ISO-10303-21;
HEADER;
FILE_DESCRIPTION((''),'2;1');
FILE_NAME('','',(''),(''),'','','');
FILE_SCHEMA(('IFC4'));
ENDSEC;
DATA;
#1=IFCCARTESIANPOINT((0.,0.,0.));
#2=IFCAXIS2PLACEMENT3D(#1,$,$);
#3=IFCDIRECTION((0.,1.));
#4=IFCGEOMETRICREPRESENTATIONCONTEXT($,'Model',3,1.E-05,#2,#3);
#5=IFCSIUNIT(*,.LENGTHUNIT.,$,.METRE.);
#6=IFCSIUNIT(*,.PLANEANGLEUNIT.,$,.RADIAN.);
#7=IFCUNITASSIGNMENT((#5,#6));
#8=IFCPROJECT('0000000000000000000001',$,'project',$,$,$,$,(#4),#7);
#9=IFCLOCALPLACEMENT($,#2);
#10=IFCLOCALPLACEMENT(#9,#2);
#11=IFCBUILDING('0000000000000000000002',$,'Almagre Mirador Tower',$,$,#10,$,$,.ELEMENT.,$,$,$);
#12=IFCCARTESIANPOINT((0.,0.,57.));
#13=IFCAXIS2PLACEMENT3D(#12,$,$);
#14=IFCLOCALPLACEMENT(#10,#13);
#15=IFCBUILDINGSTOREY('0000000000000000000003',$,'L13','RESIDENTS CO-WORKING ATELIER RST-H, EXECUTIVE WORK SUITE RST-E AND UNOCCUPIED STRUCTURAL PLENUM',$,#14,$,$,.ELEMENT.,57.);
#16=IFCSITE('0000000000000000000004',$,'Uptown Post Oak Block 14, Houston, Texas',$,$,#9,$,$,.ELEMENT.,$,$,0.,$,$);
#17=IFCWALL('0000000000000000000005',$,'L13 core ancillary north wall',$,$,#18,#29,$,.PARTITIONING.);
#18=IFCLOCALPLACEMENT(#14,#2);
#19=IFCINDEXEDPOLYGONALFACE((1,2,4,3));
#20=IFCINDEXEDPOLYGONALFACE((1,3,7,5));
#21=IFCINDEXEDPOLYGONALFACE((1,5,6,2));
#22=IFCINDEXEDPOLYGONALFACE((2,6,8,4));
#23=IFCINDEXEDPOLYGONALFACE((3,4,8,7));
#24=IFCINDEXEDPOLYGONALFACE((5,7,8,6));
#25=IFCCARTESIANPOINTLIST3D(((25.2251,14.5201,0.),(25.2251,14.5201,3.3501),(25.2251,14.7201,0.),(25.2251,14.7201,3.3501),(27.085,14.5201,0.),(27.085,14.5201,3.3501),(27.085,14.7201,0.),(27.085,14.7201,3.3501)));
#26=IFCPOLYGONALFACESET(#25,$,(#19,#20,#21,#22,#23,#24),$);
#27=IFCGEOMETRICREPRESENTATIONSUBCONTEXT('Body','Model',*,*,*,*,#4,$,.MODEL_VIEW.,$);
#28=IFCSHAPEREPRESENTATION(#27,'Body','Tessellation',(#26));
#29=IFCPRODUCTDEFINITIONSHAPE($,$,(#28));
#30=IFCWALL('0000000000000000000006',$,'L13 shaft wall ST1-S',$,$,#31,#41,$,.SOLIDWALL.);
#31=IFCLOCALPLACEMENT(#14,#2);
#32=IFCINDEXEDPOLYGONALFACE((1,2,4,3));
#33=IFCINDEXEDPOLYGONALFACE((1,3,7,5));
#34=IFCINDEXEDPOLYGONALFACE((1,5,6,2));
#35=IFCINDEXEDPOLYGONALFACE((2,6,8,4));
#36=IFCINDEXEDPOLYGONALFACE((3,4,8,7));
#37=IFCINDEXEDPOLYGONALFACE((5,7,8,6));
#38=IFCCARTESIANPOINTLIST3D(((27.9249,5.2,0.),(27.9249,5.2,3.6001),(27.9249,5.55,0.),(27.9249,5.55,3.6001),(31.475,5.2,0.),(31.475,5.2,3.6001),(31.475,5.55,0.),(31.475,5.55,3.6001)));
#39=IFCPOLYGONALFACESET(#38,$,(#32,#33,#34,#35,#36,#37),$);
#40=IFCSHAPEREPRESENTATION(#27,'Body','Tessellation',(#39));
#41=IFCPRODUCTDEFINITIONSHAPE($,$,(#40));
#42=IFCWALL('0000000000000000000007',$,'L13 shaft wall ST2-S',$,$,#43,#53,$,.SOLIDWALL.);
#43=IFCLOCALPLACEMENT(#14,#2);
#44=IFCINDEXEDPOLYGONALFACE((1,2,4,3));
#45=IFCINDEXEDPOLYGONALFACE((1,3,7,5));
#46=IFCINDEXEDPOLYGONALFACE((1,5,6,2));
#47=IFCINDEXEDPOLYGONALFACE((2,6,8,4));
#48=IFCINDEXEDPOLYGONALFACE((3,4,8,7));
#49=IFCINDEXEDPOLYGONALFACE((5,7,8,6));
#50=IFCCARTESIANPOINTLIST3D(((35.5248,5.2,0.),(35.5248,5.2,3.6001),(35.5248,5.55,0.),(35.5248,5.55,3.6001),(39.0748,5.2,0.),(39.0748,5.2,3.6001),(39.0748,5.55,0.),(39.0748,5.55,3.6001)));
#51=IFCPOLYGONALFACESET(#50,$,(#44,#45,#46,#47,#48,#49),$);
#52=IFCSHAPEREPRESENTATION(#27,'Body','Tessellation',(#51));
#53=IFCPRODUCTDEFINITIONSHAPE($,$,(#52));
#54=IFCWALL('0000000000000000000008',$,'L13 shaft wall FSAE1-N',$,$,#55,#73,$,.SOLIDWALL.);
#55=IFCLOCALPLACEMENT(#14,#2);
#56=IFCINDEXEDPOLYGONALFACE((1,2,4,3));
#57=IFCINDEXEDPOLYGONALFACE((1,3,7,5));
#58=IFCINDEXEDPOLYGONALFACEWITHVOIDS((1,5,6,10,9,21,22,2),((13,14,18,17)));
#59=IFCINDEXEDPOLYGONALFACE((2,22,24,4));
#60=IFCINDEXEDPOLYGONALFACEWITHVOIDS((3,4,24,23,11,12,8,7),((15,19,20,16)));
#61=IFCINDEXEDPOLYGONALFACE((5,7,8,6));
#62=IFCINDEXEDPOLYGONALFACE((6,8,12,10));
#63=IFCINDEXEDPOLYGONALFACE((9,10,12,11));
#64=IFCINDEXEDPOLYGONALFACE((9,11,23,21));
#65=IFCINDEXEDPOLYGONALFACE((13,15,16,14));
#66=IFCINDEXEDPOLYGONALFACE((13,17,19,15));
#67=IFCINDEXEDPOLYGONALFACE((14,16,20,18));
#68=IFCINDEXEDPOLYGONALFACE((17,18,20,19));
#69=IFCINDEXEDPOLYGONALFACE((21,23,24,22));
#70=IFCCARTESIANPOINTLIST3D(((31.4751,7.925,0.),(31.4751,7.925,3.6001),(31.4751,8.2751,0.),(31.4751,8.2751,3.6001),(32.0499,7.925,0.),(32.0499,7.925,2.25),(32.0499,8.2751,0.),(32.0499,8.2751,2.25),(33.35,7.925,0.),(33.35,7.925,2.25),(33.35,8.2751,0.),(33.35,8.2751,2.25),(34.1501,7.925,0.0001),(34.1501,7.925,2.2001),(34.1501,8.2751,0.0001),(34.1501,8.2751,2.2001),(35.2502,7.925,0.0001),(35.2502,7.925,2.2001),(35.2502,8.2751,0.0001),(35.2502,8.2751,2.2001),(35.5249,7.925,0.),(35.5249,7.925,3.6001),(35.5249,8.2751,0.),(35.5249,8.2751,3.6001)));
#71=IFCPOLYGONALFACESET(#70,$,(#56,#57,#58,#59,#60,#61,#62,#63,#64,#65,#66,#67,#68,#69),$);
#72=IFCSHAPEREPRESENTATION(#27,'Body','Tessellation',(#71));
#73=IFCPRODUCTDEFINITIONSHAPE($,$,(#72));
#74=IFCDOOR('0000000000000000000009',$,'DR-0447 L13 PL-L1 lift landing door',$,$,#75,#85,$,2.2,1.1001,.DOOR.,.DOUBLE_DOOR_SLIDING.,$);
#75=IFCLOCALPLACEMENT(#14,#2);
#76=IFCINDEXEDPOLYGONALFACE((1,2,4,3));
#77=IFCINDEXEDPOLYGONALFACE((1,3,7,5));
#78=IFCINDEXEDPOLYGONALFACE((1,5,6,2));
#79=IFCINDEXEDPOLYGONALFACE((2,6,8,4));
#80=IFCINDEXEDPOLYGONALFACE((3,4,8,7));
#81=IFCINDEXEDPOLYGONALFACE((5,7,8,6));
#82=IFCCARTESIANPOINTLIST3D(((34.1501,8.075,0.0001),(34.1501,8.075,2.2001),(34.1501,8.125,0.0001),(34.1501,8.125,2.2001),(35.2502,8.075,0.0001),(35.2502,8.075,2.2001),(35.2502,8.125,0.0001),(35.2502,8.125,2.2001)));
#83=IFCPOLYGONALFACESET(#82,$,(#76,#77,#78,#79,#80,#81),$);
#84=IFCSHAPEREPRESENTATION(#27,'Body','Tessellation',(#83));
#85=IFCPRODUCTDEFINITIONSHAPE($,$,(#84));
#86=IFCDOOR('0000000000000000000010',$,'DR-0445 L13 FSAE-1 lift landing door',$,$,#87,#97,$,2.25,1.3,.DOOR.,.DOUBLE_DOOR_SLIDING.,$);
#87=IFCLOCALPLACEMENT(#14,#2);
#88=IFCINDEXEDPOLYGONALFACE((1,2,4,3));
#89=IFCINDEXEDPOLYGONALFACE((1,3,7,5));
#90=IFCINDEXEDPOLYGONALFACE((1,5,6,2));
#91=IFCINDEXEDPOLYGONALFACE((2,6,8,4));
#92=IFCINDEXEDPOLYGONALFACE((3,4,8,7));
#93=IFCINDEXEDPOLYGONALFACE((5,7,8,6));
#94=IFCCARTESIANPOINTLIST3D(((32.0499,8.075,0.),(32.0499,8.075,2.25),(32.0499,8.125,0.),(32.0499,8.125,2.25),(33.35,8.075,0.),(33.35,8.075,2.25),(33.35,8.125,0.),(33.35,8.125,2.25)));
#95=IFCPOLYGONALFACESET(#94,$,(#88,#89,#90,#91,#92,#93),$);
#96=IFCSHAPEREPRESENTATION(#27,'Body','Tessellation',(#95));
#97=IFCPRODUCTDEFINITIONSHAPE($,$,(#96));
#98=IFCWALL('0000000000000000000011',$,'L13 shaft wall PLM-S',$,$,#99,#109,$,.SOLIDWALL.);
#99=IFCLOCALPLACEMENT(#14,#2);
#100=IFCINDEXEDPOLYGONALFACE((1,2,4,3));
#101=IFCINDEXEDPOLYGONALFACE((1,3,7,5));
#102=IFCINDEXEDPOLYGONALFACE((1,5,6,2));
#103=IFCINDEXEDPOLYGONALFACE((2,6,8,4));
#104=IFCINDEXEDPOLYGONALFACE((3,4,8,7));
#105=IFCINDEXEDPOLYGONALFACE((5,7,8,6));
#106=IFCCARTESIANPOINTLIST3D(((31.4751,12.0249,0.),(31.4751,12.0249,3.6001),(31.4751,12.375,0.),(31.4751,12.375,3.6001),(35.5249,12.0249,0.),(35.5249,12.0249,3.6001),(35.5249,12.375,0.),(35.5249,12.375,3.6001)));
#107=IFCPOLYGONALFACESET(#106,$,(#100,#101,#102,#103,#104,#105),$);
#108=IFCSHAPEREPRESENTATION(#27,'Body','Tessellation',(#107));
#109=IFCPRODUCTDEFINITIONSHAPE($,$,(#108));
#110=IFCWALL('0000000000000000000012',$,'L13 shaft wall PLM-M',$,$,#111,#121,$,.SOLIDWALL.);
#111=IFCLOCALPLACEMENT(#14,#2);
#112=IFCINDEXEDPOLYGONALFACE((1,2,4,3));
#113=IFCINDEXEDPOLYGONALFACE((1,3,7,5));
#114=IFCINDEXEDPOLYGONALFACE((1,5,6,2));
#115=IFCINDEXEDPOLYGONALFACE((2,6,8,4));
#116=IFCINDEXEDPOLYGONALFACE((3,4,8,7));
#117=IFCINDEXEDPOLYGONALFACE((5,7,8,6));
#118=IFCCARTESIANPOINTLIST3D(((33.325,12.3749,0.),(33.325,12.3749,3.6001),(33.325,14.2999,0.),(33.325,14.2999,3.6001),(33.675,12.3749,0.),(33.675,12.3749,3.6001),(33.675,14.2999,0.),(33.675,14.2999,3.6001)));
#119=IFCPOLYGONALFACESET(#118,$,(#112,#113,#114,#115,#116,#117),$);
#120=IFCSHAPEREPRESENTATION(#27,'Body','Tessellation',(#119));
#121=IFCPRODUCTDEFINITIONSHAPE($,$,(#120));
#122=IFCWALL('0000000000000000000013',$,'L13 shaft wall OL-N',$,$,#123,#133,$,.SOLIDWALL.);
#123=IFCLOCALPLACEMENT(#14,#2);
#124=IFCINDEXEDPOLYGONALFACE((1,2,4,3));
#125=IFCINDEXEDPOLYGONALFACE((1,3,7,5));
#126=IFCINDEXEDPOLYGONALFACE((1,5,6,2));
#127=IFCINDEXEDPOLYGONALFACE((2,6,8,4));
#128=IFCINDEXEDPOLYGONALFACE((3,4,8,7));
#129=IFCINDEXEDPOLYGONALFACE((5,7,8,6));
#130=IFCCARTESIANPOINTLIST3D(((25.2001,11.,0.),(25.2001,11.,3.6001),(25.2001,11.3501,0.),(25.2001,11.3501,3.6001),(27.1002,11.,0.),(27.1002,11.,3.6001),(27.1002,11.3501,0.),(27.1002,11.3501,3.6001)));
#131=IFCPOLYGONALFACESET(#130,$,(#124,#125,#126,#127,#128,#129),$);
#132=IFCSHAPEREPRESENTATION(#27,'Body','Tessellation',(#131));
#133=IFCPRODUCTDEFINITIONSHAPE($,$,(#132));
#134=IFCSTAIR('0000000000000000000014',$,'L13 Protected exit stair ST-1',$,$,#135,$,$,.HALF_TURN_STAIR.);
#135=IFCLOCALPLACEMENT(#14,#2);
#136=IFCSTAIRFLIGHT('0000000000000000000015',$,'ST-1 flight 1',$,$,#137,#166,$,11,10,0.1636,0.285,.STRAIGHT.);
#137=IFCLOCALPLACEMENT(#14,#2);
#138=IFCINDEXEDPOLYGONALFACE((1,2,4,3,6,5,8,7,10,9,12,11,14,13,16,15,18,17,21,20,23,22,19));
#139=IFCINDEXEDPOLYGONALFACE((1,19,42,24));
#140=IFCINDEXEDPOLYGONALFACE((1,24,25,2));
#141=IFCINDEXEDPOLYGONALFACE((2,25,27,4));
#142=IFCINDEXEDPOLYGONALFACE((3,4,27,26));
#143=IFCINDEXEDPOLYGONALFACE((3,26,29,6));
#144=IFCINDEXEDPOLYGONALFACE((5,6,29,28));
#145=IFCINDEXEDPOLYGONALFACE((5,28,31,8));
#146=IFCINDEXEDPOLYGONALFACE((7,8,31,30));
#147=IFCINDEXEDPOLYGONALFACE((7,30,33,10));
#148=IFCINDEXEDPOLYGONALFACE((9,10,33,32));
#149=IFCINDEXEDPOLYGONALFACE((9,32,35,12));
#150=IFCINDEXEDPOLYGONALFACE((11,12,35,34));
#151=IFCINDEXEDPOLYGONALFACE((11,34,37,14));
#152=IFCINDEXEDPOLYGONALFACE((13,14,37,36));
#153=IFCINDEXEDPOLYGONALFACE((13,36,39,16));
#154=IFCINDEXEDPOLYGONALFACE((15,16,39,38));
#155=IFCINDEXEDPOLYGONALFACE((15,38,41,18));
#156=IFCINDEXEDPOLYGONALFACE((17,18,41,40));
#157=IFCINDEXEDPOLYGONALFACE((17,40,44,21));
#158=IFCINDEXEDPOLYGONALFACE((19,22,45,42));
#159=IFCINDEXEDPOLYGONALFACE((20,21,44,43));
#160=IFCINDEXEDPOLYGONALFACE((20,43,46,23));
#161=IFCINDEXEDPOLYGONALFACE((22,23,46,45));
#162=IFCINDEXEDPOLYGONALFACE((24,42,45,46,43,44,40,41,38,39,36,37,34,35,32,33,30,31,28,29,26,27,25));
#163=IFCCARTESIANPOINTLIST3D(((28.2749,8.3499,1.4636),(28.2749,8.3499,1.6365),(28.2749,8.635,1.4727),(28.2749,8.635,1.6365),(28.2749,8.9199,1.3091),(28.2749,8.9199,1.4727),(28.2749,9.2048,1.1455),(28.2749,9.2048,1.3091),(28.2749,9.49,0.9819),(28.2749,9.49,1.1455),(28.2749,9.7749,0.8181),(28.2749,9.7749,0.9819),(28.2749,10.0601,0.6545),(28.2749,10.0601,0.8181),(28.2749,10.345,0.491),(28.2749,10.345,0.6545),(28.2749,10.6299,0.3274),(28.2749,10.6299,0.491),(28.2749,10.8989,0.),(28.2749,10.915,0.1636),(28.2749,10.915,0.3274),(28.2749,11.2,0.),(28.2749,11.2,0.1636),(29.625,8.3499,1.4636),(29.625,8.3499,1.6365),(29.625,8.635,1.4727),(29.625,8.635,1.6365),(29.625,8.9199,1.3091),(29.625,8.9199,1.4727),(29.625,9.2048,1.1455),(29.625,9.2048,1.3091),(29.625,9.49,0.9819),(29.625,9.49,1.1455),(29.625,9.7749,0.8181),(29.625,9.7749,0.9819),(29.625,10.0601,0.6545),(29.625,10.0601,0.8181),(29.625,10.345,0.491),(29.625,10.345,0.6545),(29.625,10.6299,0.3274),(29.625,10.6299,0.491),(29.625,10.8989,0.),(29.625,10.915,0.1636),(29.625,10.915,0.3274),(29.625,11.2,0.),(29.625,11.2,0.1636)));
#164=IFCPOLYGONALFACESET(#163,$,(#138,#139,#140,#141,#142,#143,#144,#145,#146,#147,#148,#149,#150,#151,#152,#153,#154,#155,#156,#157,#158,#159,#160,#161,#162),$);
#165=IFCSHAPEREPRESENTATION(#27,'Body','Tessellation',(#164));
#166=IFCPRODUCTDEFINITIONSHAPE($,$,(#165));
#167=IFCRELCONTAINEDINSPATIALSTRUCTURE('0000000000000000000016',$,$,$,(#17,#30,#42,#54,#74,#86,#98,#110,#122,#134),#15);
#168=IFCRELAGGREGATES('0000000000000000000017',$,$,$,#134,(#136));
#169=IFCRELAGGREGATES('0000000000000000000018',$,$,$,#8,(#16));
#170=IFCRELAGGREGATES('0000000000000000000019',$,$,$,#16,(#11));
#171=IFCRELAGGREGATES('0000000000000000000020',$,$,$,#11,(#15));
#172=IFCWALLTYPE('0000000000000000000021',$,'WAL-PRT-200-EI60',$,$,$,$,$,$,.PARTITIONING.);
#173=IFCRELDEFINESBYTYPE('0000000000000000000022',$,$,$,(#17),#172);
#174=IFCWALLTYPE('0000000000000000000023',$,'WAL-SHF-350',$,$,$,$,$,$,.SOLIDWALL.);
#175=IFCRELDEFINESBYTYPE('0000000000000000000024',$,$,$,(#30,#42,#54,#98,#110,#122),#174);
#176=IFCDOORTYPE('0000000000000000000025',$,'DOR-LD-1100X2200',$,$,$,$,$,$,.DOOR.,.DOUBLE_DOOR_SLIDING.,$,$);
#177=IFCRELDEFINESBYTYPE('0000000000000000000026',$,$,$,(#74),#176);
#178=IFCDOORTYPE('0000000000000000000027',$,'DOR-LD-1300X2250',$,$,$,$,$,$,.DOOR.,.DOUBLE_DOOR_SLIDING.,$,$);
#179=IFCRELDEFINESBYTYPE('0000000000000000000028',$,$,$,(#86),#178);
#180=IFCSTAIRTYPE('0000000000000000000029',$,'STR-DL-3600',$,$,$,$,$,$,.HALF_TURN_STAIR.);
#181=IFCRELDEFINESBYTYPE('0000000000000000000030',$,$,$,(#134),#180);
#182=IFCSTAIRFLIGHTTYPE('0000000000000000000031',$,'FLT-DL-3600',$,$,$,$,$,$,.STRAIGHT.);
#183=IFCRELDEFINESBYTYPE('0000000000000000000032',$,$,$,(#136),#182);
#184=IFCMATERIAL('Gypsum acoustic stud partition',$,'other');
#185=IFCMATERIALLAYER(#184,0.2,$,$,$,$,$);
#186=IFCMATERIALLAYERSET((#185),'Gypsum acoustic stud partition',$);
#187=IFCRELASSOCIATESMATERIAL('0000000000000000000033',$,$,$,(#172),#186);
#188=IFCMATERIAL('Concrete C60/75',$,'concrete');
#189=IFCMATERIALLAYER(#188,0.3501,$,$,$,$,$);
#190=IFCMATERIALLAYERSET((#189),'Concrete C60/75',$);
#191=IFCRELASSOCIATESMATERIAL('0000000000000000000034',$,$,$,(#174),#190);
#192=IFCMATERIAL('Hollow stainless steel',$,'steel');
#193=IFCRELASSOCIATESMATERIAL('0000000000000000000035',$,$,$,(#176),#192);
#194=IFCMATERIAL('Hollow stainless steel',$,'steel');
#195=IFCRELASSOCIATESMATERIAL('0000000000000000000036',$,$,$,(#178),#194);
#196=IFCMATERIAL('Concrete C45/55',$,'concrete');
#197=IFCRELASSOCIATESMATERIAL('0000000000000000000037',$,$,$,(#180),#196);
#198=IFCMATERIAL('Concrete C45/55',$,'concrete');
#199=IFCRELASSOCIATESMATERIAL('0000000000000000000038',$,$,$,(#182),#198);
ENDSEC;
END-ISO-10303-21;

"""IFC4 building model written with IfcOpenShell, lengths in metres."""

from ifc_helpers import new_model, si_unit, direction, frame, frame_2d, origin, place, context, subcontext, project, spatial, polyline, rectangle, outline, extrude, material, layer, layer_set, type_object, element, fill, aggregate, save


model = new_model("IFC4")

# Units and contexts
model_context = context("Model", 3, precision=1e-05, world=origin(), true_north=direction((0.0, 1.0)))
body_context = subcontext(model_context, "Body", "Model", "MODEL_VIEW")
ifc_project = project(units=[si_unit("LENGTHUNIT", "METRE"), si_unit("PLANEANGLEUNIT", "RADIAN")], contexts=[model_context])

# Site, building, storey
site_placement = place(None, origin())
site = spatial("IfcSite", under=ifc_project, at=site_placement, Name="Uptown Post Oak Block 14, Houston, Texas", CompositionType="ELEMENT", RefElevation=0.0)
building_placement = place(site_placement, origin())
building = spatial("IfcBuilding", under=site, at=building_placement, Name="Almagre Mirador Tower", CompositionType="ELEMENT")
storey_placement = place(building_placement, frame((0.0, 0.0, 57.0)))
storey = spatial("IfcBuildingStorey", under=building, at=storey_placement, Name="L13", Description="RESIDENTS CO-WORKING ATELIER RST-H, EXECUTIVE WORK SUITE RST-E AND UNOCCUPIED STRUCTURAL PLENUM", CompositionType="ELEMENT", Elevation=57.0)

# Walls
ifc_material_1 = material(Name="Gypsum acoustic stud partition", Category="other")
ifc_layer_1 = layer(ifc_material_1, 0.2)
ifc_layer_set_1 = layer_set([ifc_layer_1], Name="Gypsum acoustic stud partition")
wall_type_1 = type_object("IfcWallType", Name="WAL-PRT-200-EI60", PredefinedType="PARTITIONING", material=ifc_layer_set_1)
wall_1_placement = place(storey_placement, frame((25.2251, 14.6201, 0.0), z_axis=(0.0, 0.0, 1.0), x_axis=(1.0, 0.0, 0.0)))
element("IfcWall", 1, at=wall_1_placement, inside=storey, type_object=wall_type_1, Name="L13 core ancillary north wall", PredefinedType="PARTITIONING", context=body_context, shape_type="SweptSolid", body=[
    extrude(rectangle(XDim=1.8599, YDim=0.2, at=frame_2d((0.9299, 0.0))), origin(), (0.0, 0.0, 1.0), 3.3501),
])
ifc_material_2 = material(Name="Concrete C60/75", Category="concrete")
ifc_layer_2 = layer(ifc_material_2, 0.3501)
ifc_layer_set_2 = layer_set([ifc_layer_2], Name="Concrete C60/75")
wall_type_2 = type_object("IfcWallType", Name="WAL-SHF-350", PredefinedType="SOLIDWALL", material=ifc_layer_set_2)
for number, where, z_axis, x_axis, name in (
    (2, (27.925, 5.375, 0.0), (0.0, 0.0, 1.0), (1.0, 0.0, 0.0), "L13 shaft wall ST1-S"),
    (3, (35.5249, 5.375, 0.0), (0.0, 0.0, 1.0), (1.0, 0.0, 0.0), "L13 shaft wall ST2-S"),
):
    element("IfcWall", number, at=place(storey_placement, frame(where, z_axis=z_axis, x_axis=x_axis)), inside=storey, type_object=wall_type_2, Name=name, PredefinedType="SOLIDWALL", context=body_context, shape_type="SweptSolid", body=[
        extrude(rectangle(XDim=3.55, YDim=0.3501, at=frame_2d((1.7749, 0.0))), origin(), (0.0, 0.0, 1.0), 3.6001),
    ])

# Wall, openings, doors
wall_2_placement = place(storey_placement, frame((31.4751, 8.1001, 0.0), z_axis=(0.0, 0.0, 1.0), x_axis=(1.0, 0.0, 0.0)))
wall_2 = element("IfcWall", 4, at=wall_2_placement, inside=storey, type_object=wall_type_2, Name="L13 shaft wall FSAE1-N", PredefinedType="SOLIDWALL", context=body_context, shape_type="SweptSolid", body=[
    extrude(rectangle(XDim=4.0498, YDim=0.3501, at=frame_2d((2.0249, 0.0))), origin(), (0.0, 0.0, 1.0), 3.6001),
])
opening_1_placement = place(wall_2_placement, frame((0.575, 0.0, 0.0)))
opening_1 = element("IfcOpeningElement", 5, at=opening_1_placement, cuts=wall_2, PredefinedType="OPENING", context=body_context, shape_type="SweptSolid", body=[
    extrude(rectangle(XDim=1.3, YDim=2.25, at=frame_2d((0.6499, 1.125))), frame((0.0, 0.185, 0.0), z_axis=(0.0, -1.0, 0.0), x_axis=(1.0, 0.0, 0.0)), (0.0, 0.0, 1.0), 0.3701),
])
opening_2_placement = place(wall_2_placement, frame((2.675, 0.0, 0.0)))
opening_2 = element("IfcOpeningElement", 6, at=opening_2_placement, cuts=wall_2, PredefinedType="OPENING", context=body_context, shape_type="SweptSolid", body=[
    extrude(rectangle(XDim=1.1001, YDim=2.2, at=frame_2d((0.55, 1.1001))), frame((0.0, 0.185, 0.0), z_axis=(0.0, -1.0, 0.0), x_axis=(1.0, 0.0, 0.0)), (0.0, 0.0, 1.0), 0.3701),
])
ifc_material_3 = material(Name="Hollow stainless steel", Category="steel")
door_type_1 = type_object("IfcDoorType", Name="DOR-LD-1100X2200", OperationType="DOUBLE_DOOR_SLIDING", PredefinedType="DOOR", material=ifc_material_3)
door_1_placement = place(opening_2_placement, origin())
door_1 = element("IfcDoor", 7, at=door_1_placement, inside=storey, type_object=door_type_1, Name="DR-0447 L13 PL-L1 lift landing door", OperationType="DOUBLE_DOOR_SLIDING", OverallHeight=2.2, OverallWidth=1.1001, PredefinedType="DOOR", context=body_context, shape_type="SweptSolid", body=[
    extrude(rectangle(XDim=1.1001, YDim=2.2, at=frame_2d((0.55, 1.1001))), frame((0.0, 0.0249, 0.0), z_axis=(0.0, -1.0, 0.0), x_axis=(1.0, 0.0, 0.0)), (0.0, 0.0, 1.0), 0.05),
])
fill(opening_2, door_1)
ifc_material_4 = material(Name="Hollow stainless steel", Category="steel")
door_type_2 = type_object("IfcDoorType", Name="DOR-LD-1300X2250", OperationType="DOUBLE_DOOR_SLIDING", PredefinedType="DOOR", material=ifc_material_4)
door_2_placement = place(opening_1_placement, origin())
door_2 = element("IfcDoor", 8, at=door_2_placement, inside=storey, type_object=door_type_2, Name="DR-0445 L13 FSAE-1 lift landing door", OperationType="DOUBLE_DOOR_SLIDING", OverallHeight=2.25, OverallWidth=1.3, PredefinedType="DOOR", context=body_context, shape_type="SweptSolid", body=[
    extrude(rectangle(XDim=1.3, YDim=2.25, at=frame_2d((0.6499, 1.125))), frame((0.0, 0.0249, 0.0), z_axis=(0.0, -1.0, 0.0), x_axis=(1.0, 0.0, 0.0)), (0.0, 0.0, 1.0), 0.05),
])
fill(opening_1, door_2)

# Walls
wall_3_placement = place(storey_placement, frame((31.4751, 12.2, 0.0), z_axis=(0.0, 0.0, 1.0), x_axis=(1.0, 0.0, 0.0)))
element("IfcWall", 9, at=wall_3_placement, inside=storey, type_object=wall_type_2, Name="L13 shaft wall PLM-S", PredefinedType="SOLIDWALL", context=body_context, shape_type="SweptSolid", body=[
    extrude(rectangle(XDim=4.0498, YDim=0.3501, at=frame_2d((2.0249, 0.0))), origin(), (0.0, 0.0, 1.0), 3.6001),
])
wall_4_placement = place(storey_placement, frame((33.5, 12.375, 0.0), z_axis=(0.0, 0.0, 1.0), x_axis=(0.0, 1.0, 0.0)))
element("IfcWall", 10, at=wall_4_placement, inside=storey, type_object=wall_type_2, Name="L13 shaft wall PLM-M", PredefinedType="SOLIDWALL", context=body_context, shape_type="SweptSolid", body=[
    extrude(rectangle(XDim=1.925, YDim=0.3501, at=frame_2d((0.9624, 0.0))), origin(), (0.0, 0.0, 1.0), 3.6001),
])
wall_5_placement = place(storey_placement, frame((25.2, 11.175, 0.0), z_axis=(0.0, 0.0, 1.0), x_axis=(1.0, 0.0, 0.0)))
element("IfcWall", 11, at=wall_5_placement, inside=storey, type_object=wall_type_2, Name="L13 shaft wall OL-N", PredefinedType="SOLIDWALL", context=body_context, shape_type="SweptSolid", body=[
    extrude(rectangle(XDim=1.9001, YDim=0.3501, at=frame_2d((0.9502, 0.0))), origin(), (0.0, 0.0, 1.0), 3.6001),
])

# Stair, stair flight
ifc_material_5 = material(Name="Concrete C45/55", Category="concrete")
stair_type = type_object("IfcStairType", Name="STR-DL-3600", PredefinedType="HALF_TURN_STAIR", material=ifc_material_5)
stair_1_placement = place(storey_placement, origin())
stair_1 = element("IfcStair", 12, at=stair_1_placement, inside=storey, type_object=stair_type, Name="L13 Protected exit stair ST-1", PredefinedType="HALF_TURN_STAIR")
ifc_material_6 = material(Name="Concrete C45/55", Category="concrete")
stair_flight_type = type_object("IfcStairFlightType", Name="FLT-DL-3600", PredefinedType="STRAIGHT", material=ifc_material_6)
stair_flight_1_placement = place(storey_placement, frame((28.95, 11.2, 0.0), z_axis=(0.0, 0.0, 1.0), x_axis=(0.0, -1.0, 0.0)))
stair_flight_1 = element("IfcStairFlight", 13, at=stair_flight_1_placement, type_object=stair_flight_type, Name="ST-1 flight 1", NumberOfRisers=11, NumberOfTreads=10, PredefinedType="STRAIGHT", RiserHeight=0.1636, TreadLength=0.285, context=body_context, shape_type="SweptSolid", body=[
    extrude(outline(polyline([(0.0, 0.0), (0.0, 0.1636), (0.2849, 0.1636), (0.2849, 0.3274), (0.5701, 0.3274), (0.5701, 0.491), (0.855, 0.491), (0.855, 0.6545), (1.1399, 0.6545), (1.1399, 0.8181), (1.425, 0.8181), (1.425, 0.9819), (1.71, 0.9819), (1.71, 1.1455), (1.9951, 1.1455), (1.9951, 1.3091), (2.28, 1.3091), (2.28, 1.4727), (2.5649, 1.4727), (2.5649, 1.6365), (2.8501, 1.6365), (2.8501, 1.8), (2.8501, 1.4636), (0.301, 0.0), (0.0, 0.0)])), frame((0.0, 0.675, 0.0), z_axis=(0.0, -1.0, 0.0), x_axis=(1.0, 0.0, 0.0)), (0.0, 0.0, 1.0), 1.3501),
])
aggregate(stair_1, [stair_flight_1])

save(model, "model.ifc")
